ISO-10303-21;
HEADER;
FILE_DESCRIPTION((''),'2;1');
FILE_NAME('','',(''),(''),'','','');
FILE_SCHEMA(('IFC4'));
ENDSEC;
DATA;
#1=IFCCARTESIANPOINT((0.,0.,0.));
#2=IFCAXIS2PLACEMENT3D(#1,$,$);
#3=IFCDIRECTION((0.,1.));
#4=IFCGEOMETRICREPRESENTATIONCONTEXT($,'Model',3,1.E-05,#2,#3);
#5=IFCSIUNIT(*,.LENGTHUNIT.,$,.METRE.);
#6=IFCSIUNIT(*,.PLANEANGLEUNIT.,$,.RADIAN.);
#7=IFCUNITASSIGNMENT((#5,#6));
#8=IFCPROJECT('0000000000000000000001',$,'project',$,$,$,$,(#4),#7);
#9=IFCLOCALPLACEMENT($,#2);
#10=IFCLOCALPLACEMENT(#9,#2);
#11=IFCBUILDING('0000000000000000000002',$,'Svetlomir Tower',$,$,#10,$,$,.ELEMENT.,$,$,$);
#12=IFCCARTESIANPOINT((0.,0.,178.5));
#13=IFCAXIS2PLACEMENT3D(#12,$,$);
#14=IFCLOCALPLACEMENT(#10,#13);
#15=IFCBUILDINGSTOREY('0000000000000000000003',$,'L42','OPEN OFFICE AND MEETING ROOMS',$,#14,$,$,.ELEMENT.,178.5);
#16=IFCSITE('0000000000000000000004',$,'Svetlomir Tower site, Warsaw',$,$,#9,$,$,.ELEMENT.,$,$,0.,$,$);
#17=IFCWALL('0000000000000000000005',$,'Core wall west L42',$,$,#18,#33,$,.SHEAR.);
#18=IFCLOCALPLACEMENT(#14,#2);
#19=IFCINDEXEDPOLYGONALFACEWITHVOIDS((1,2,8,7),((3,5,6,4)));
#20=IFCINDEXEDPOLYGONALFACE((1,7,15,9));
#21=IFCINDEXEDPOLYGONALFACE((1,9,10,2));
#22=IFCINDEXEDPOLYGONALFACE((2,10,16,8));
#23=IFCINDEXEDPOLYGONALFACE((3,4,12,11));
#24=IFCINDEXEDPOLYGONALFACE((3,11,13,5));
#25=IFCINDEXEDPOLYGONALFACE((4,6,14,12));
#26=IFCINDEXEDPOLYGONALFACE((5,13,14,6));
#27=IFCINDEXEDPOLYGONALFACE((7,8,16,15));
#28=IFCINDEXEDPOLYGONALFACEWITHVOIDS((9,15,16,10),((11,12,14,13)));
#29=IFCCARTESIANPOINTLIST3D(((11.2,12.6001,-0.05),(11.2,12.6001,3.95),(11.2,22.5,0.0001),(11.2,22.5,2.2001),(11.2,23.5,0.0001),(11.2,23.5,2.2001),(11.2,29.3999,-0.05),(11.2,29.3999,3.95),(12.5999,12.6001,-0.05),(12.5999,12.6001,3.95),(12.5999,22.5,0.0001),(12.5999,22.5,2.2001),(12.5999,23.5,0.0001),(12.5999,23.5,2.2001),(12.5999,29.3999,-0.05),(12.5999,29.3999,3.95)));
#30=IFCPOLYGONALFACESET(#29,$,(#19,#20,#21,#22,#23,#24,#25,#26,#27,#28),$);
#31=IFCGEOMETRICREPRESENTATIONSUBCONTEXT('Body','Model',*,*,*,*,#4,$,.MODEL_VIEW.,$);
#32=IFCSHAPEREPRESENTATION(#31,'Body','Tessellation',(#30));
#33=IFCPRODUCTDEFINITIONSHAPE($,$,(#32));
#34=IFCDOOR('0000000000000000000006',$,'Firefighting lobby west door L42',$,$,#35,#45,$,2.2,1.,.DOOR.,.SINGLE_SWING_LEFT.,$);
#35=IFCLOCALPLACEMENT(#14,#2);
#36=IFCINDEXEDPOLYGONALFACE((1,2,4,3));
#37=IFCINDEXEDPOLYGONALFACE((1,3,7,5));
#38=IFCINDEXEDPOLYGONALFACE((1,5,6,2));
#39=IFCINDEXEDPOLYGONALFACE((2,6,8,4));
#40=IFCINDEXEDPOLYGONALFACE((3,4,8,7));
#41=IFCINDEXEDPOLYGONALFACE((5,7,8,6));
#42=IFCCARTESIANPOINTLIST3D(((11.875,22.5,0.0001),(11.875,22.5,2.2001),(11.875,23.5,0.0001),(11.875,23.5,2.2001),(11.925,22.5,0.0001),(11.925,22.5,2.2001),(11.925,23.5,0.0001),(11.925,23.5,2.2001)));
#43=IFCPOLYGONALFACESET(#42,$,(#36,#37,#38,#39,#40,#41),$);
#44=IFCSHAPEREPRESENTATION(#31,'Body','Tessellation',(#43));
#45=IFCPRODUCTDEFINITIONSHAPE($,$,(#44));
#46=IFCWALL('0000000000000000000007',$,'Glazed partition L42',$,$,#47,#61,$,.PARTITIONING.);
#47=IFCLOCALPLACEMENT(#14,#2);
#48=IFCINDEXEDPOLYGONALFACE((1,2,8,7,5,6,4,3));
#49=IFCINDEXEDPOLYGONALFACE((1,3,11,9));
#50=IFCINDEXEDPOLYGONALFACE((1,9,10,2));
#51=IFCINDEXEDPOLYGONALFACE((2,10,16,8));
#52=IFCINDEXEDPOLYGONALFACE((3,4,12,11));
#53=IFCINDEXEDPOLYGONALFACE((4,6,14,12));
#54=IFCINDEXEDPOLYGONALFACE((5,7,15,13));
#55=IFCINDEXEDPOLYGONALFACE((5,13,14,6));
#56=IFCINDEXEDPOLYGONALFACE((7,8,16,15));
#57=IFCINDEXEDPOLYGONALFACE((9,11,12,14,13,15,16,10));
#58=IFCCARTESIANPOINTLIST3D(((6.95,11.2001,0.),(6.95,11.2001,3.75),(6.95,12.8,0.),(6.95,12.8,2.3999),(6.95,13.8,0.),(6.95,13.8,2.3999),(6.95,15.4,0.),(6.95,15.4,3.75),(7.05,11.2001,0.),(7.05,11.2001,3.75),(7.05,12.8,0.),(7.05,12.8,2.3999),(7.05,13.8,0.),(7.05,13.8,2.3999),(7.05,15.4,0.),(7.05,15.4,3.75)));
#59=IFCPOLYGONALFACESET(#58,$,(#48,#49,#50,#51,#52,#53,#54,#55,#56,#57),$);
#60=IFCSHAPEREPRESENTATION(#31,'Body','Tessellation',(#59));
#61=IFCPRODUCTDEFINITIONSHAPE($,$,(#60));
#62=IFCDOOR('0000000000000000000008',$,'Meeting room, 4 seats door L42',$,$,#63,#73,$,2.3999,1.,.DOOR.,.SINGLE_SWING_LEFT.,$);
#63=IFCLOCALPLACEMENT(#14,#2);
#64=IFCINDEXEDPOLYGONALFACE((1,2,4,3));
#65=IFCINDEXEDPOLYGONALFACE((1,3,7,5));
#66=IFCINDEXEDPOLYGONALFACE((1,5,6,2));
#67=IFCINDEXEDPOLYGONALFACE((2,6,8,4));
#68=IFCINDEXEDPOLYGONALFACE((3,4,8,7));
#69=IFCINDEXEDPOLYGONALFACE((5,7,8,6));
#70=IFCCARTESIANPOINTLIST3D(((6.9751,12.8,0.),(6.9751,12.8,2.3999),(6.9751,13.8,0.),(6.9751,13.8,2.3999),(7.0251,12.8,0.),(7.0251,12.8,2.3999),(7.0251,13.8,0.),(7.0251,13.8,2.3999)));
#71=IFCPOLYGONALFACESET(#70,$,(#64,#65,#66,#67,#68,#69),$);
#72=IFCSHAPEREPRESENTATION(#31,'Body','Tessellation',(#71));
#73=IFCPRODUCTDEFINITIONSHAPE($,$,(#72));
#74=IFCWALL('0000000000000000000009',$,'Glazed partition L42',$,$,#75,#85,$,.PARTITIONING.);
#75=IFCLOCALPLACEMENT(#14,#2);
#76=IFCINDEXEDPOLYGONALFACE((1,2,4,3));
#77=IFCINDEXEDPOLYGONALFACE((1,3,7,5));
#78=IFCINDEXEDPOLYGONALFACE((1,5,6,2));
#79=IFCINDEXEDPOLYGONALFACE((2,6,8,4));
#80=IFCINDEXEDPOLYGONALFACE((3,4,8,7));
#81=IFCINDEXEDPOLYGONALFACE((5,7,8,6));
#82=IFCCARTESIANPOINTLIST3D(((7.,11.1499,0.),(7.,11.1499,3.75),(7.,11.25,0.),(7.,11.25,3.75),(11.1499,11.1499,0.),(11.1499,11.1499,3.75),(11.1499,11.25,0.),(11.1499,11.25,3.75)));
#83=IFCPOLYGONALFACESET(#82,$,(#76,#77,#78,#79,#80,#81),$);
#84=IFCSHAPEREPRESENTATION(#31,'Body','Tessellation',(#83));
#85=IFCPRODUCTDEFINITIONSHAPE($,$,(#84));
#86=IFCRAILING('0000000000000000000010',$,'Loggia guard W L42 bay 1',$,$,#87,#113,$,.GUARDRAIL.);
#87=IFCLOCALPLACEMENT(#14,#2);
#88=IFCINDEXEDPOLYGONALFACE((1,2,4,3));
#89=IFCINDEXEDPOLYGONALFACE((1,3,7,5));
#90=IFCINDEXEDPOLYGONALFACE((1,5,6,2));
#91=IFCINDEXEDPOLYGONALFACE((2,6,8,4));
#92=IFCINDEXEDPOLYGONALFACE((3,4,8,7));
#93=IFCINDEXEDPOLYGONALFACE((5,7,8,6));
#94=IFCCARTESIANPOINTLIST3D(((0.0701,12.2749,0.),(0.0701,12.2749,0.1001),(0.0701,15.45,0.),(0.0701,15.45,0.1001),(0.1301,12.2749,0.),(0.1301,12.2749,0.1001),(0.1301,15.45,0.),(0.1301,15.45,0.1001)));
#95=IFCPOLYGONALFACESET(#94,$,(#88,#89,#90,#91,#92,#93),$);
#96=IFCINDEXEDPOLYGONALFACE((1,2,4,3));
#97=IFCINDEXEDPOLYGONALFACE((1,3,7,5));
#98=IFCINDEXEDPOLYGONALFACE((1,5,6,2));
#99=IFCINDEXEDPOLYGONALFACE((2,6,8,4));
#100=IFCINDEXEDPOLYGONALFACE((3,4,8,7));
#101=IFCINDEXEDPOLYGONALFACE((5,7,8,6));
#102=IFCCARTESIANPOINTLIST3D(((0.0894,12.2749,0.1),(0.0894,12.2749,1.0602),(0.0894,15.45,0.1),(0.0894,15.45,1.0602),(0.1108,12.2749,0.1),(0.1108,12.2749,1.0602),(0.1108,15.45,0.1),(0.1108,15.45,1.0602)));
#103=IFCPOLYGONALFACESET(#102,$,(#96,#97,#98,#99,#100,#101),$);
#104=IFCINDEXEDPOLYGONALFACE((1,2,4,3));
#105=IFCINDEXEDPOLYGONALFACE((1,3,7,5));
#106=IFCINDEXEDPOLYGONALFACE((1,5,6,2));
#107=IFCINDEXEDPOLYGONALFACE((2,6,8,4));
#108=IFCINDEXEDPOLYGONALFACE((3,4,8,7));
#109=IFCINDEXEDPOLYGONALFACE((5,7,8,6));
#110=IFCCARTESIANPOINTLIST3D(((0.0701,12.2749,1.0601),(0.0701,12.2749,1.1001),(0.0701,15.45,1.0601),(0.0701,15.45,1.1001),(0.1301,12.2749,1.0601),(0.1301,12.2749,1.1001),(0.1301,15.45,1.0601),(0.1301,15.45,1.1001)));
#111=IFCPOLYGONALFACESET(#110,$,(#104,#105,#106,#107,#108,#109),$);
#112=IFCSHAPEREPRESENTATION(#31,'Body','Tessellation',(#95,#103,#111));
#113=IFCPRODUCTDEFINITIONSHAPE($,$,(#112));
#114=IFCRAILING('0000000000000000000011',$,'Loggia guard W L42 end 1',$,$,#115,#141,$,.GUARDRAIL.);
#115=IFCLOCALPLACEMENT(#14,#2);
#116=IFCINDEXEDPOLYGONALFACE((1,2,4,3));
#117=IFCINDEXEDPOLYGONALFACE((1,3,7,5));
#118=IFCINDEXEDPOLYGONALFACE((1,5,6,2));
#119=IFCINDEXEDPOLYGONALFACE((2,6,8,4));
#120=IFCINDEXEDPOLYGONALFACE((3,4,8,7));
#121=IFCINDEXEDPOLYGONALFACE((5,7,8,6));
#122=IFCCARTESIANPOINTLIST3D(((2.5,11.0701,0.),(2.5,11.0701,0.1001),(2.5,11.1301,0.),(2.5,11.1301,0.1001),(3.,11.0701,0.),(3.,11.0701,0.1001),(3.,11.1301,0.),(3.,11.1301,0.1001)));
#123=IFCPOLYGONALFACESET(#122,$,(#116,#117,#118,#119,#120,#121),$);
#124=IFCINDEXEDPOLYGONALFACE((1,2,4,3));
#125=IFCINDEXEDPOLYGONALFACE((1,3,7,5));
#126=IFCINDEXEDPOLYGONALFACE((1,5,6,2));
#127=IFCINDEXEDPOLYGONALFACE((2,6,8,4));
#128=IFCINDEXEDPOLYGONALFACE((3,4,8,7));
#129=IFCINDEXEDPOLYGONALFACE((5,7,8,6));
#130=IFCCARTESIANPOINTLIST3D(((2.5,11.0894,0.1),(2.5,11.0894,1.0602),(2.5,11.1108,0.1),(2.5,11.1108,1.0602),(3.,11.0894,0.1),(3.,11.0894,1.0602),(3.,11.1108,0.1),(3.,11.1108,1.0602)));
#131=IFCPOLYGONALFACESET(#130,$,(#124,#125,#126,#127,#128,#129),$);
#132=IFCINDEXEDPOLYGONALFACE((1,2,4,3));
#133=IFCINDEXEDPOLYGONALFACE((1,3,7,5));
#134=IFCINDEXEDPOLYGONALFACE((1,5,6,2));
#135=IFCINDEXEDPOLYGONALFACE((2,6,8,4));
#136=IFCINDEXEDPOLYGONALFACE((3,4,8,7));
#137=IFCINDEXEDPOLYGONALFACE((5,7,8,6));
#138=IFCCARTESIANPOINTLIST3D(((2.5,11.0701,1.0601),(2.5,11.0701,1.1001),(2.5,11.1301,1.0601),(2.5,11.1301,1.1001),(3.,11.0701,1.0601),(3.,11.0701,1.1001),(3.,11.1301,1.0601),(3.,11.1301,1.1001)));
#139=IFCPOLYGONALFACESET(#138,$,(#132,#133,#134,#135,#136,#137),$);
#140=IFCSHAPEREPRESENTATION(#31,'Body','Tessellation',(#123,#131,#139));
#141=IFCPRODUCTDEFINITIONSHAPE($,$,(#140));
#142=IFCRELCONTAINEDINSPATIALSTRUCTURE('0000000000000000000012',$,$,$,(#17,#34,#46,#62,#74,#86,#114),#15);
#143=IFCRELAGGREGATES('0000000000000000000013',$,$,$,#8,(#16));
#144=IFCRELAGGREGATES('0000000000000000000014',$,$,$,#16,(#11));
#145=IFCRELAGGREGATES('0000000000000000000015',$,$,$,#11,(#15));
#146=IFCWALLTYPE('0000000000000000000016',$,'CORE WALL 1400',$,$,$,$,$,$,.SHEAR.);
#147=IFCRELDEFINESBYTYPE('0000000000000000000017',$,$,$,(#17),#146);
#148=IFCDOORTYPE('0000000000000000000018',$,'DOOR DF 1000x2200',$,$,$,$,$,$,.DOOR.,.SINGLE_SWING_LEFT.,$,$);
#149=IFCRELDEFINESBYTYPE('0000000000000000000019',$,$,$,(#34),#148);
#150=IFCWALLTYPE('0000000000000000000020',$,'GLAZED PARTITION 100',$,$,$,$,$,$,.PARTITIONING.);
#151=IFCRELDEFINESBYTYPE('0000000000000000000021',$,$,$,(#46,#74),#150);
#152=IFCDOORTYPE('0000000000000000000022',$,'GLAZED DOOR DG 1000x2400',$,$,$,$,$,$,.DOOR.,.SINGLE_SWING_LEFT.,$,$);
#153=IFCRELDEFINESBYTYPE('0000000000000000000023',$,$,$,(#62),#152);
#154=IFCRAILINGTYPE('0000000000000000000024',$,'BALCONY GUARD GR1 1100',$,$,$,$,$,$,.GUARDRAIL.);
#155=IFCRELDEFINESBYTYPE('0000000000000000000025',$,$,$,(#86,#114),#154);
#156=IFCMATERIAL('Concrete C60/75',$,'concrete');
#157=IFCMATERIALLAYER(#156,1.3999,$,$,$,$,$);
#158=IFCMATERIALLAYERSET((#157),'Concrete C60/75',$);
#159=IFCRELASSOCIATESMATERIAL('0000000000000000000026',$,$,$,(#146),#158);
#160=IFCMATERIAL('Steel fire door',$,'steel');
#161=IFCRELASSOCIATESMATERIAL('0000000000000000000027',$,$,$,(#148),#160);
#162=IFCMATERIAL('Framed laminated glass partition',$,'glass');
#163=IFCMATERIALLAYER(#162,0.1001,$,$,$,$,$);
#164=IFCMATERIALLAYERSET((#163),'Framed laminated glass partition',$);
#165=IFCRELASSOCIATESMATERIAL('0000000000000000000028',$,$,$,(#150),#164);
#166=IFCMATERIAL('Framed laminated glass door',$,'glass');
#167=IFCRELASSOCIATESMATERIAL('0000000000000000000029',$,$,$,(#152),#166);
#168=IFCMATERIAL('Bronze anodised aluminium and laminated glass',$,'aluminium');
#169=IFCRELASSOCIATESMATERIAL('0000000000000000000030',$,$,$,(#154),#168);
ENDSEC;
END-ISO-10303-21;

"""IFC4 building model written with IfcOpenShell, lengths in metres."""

from ifc_helpers import new_model, si_unit, direction, frame, frame_2d, origin, origin_2d, place, context, subcontext, project, spatial, rectangle, extrude, material, layer, layer_set, type_object, element, fill, save


model = new_model("IFC4")

# Units and contexts
model_context = context("Model", 3, precision=1e-05, world=origin(), true_north=direction((0.0, 1.0)))
body_context = subcontext(model_context, "Body", "Model", "MODEL_VIEW")
ifc_project = project(units=[si_unit("LENGTHUNIT", "METRE"), si_unit("PLANEANGLEUNIT", "RADIAN")], contexts=[model_context])

# Site, building, storey
site_placement = place(None, origin())
site = spatial("IfcSite", under=ifc_project, at=site_placement, Name="Svetlomir Tower site, Warsaw", CompositionType="ELEMENT", RefElevation=0.0)
building_placement = place(site_placement, origin())
building = spatial("IfcBuilding", under=site, at=building_placement, Name="Svetlomir Tower", CompositionType="ELEMENT")
storey_placement = place(building_placement, frame((0.0, 0.0, 178.5)))
storey = spatial("IfcBuildingStorey", under=building, at=storey_placement, Name="L42", Description="OPEN OFFICE AND MEETING ROOMS", CompositionType="ELEMENT", Elevation=178.5)

# Walls, openings, doors
ifc_material_1 = material(Name="Concrete C60/75", Category="concrete")
ifc_layer_1 = layer(ifc_material_1, 1.3999)
ifc_layer_set_1 = layer_set([ifc_layer_1], Name="Concrete C60/75")
wall_type_1 = type_object("IfcWallType", Name="CORE WALL 1400", PredefinedType="SHEAR", material=ifc_layer_set_1)
wall_1_placement = place(storey_placement, frame((11.8999, 12.6001, -0.05), z_axis=(0.0, 0.0, 1.0), x_axis=(0.0, 1.0, 0.0)))
wall_1 = element("IfcWall", 1, at=wall_1_placement, inside=storey, type_object=wall_type_1, Name="Core wall west L42", PredefinedType="SHEAR", context=body_context, shape_type="SweptSolid", body=[
    extrude(rectangle(XDim=16.7998, YDim=1.3999, at=frame_2d((8.3999, 0.0))), origin(), (0.0, 0.0, 1.0), 4.0),
])
opening_1_placement = place(wall_1_placement, frame((9.8999, 0.0, 0.05)))
opening_1 = element("IfcOpeningElement", 2, at=opening_1_placement, cuts=wall_1, PredefinedType="OPENING", context=body_context, shape_type="SweptSolid", body=[
    extrude(rectangle(XDim=1.0, YDim=2.2, at=frame_2d((0.5, 1.1001))), frame((0.0, 0.71, 0.0), z_axis=(0.0, -1.0, 0.0), x_axis=(1.0, 0.0, 0.0)), (0.0, 0.0, 1.0), 1.4199),
])
ifc_material_2 = material(Name="Steel fire door", Category="steel")
door_type_1 = type_object("IfcDoorType", Name="DOOR DF 1000x2200", OperationType="SINGLE_SWING_LEFT", PredefinedType="DOOR", material=ifc_material_2)
door_1_placement = place(opening_1_placement, origin())
door_1 = element("IfcDoor", 3, at=door_1_placement, inside=storey, type_object=door_type_1, Name="Firefighting lobby west door L42", OperationType="SINGLE_SWING_LEFT", OverallHeight=2.2, OverallWidth=1.0, PredefinedType="DOOR", context=body_context, shape_type="SweptSolid", body=[
    extrude(rectangle(XDim=1.0, YDim=2.2, at=frame_2d((0.5, 1.1001))), frame((0.0, 0.0249, 0.0), z_axis=(0.0, -1.0, 0.0), x_axis=(1.0, 0.0, 0.0)), (0.0, 0.0, 1.0), 0.05),
])
fill(opening_1, door_1)
ifc_material_3 = material(Name="Framed laminated glass partition", Category="glass")
ifc_layer_2 = layer(ifc_material_3, 0.1001)
ifc_layer_set_2 = layer_set([ifc_layer_2], Name="Framed laminated glass partition")
wall_type_2 = type_object("IfcWallType", Name="GLAZED PARTITION 100", PredefinedType="PARTITIONING", material=ifc_layer_set_2)
wall_2_placement = place(storey_placement, frame((7.0, 11.2, 0.0), z_axis=(0.0, 0.0, 1.0), x_axis=(0.0, 1.0, 0.0)))
wall_2 = element("IfcWall", 4, at=wall_2_placement, inside=storey, type_object=wall_type_2, Name="Glazed partition L42", PredefinedType="PARTITIONING", context=body_context, shape_type="SweptSolid", body=[
    extrude(rectangle(XDim=4.2, YDim=0.1001, at=frame_2d((2.1001, 0.0))), origin(), (0.0, 0.0, 1.0), 3.75),
])
opening_2_placement = place(wall_2_placement, frame((1.6001, 0.0, 0.0)))
opening_2 = element("IfcOpeningElement", 5, at=opening_2_placement, cuts=wall_2, PredefinedType="OPENING", context=body_context, shape_type="SweptSolid", body=[
    extrude(rectangle(XDim=1.0, YDim=2.3999, at=frame_2d((0.5, 1.2))), frame((0.0, 0.0601, 0.0), z_axis=(0.0, -1.0, 0.0), x_axis=(1.0, 0.0, 0.0)), (0.0, 0.0, 1.0), 0.1201),
])
ifc_material_4 = material(Name="Framed laminated glass door", Category="glass")
door_type_2 = type_object("IfcDoorType", Name="GLAZED DOOR DG 1000x2400", OperationType="SINGLE_SWING_LEFT", PredefinedType="DOOR", material=ifc_material_4)
door_2_placement = place(opening_2_placement, origin())
door_2 = element("IfcDoor", 6, at=door_2_placement, inside=storey, type_object=door_type_2, Name="Meeting room, 4 seats door L42", OperationType="SINGLE_SWING_LEFT", OverallHeight=2.3999, OverallWidth=1.0, PredefinedType="DOOR", context=body_context, shape_type="SweptSolid", body=[
    extrude(rectangle(XDim=1.0, YDim=2.3999, at=frame_2d((0.5, 1.2))), frame((0.0, 0.0249, 0.0), z_axis=(0.0, -1.0, 0.0), x_axis=(1.0, 0.0, 0.0)), (0.0, 0.0, 1.0), 0.05),
])
fill(opening_2, door_2)

# Wall
wall_3_placement = place(storey_placement, frame((7.0, 11.2, 0.0), z_axis=(0.0, 0.0, 1.0), x_axis=(1.0, 0.0, 0.0)))
element("IfcWall", 7, at=wall_3_placement, inside=storey, type_object=wall_type_2, Name="Glazed partition L42", PredefinedType="PARTITIONING", context=body_context, shape_type="SweptSolid", body=[
    extrude(rectangle(XDim=4.1499, YDim=0.1001, at=frame_2d((2.075, 0.0))), origin(), (0.0, 0.0, 1.0), 3.75),
])

# Railings
ifc_material_5 = material(Name="Bronze anodised aluminium and laminated glass", Category="aluminium")
railing_type = type_object("IfcRailingType", Name="BALCONY GUARD GR1 1100", PredefinedType="GUARDRAIL", material=ifc_material_5)
railing_1_placement = place(storey_placement, frame((0.1001, 12.2749, 0.0)))
element("IfcRailing", 8, at=railing_1_placement, inside=storey, type_object=railing_type, Name="Loggia guard W L42 bay 1", PredefinedType="GUARDRAIL", context=body_context, shape_type="SweptSolid", body=[
    extrude(rectangle(XDim=0.0601, YDim=0.1001, at=origin_2d()), frame((0.0, 0.0, 0.05), z_axis=(0.0, 1.0, 0.0), x_axis=(-1.0, 0.0, 0.0)), (0.0, 0.0, 1.0), 3.175),
    extrude(rectangle(XDim=0.0215, YDim=0.9602, at=origin_2d()), frame((0.0, 0.0, 0.5801), z_axis=(0.0, 1.0, 0.0), x_axis=(-1.0, 0.0, 0.0)), (0.0, 0.0, 1.0), 3.175),
    extrude(rectangle(XDim=0.0601, YDim=0.04, at=origin_2d()), frame((0.0, 0.0, 1.0801), z_axis=(0.0, 1.0, 0.0), x_axis=(-1.0, 0.0, 0.0)), (0.0, 0.0, 1.0), 3.175),
])
railing_2_placement = place(storey_placement, frame((2.5, 11.1001, 0.0)))
element("IfcRailing", 9, at=railing_2_placement, inside=storey, type_object=railing_type, Name="Loggia guard W L42 end 1", PredefinedType="GUARDRAIL", context=body_context, shape_type="SweptSolid", body=[
    extrude(rectangle(XDim=0.0601, YDim=0.1001, at=origin_2d()), frame((0.0, 0.0, 0.05), z_axis=(1.0, 0.0, 0.0), x_axis=(0.0, 1.0, 0.0)), (0.0, 0.0, 1.0), 0.5),
    extrude(rectangle(XDim=0.0215, YDim=0.9602, at=origin_2d()), frame((0.0, 0.0, 0.5801), z_axis=(1.0, 0.0, 0.0), x_axis=(0.0, 1.0, 0.0)), (0.0, 0.0, 1.0), 0.5),
    extrude(rectangle(XDim=0.0601, YDim=0.04, at=origin_2d()), frame((0.0, 0.0, 1.0801), z_axis=(1.0, 0.0, 0.0), x_axis=(0.0, 1.0, 0.0)), (0.0, 0.0, 1.0), 0.5),
])

save(model, "model.ifc")
